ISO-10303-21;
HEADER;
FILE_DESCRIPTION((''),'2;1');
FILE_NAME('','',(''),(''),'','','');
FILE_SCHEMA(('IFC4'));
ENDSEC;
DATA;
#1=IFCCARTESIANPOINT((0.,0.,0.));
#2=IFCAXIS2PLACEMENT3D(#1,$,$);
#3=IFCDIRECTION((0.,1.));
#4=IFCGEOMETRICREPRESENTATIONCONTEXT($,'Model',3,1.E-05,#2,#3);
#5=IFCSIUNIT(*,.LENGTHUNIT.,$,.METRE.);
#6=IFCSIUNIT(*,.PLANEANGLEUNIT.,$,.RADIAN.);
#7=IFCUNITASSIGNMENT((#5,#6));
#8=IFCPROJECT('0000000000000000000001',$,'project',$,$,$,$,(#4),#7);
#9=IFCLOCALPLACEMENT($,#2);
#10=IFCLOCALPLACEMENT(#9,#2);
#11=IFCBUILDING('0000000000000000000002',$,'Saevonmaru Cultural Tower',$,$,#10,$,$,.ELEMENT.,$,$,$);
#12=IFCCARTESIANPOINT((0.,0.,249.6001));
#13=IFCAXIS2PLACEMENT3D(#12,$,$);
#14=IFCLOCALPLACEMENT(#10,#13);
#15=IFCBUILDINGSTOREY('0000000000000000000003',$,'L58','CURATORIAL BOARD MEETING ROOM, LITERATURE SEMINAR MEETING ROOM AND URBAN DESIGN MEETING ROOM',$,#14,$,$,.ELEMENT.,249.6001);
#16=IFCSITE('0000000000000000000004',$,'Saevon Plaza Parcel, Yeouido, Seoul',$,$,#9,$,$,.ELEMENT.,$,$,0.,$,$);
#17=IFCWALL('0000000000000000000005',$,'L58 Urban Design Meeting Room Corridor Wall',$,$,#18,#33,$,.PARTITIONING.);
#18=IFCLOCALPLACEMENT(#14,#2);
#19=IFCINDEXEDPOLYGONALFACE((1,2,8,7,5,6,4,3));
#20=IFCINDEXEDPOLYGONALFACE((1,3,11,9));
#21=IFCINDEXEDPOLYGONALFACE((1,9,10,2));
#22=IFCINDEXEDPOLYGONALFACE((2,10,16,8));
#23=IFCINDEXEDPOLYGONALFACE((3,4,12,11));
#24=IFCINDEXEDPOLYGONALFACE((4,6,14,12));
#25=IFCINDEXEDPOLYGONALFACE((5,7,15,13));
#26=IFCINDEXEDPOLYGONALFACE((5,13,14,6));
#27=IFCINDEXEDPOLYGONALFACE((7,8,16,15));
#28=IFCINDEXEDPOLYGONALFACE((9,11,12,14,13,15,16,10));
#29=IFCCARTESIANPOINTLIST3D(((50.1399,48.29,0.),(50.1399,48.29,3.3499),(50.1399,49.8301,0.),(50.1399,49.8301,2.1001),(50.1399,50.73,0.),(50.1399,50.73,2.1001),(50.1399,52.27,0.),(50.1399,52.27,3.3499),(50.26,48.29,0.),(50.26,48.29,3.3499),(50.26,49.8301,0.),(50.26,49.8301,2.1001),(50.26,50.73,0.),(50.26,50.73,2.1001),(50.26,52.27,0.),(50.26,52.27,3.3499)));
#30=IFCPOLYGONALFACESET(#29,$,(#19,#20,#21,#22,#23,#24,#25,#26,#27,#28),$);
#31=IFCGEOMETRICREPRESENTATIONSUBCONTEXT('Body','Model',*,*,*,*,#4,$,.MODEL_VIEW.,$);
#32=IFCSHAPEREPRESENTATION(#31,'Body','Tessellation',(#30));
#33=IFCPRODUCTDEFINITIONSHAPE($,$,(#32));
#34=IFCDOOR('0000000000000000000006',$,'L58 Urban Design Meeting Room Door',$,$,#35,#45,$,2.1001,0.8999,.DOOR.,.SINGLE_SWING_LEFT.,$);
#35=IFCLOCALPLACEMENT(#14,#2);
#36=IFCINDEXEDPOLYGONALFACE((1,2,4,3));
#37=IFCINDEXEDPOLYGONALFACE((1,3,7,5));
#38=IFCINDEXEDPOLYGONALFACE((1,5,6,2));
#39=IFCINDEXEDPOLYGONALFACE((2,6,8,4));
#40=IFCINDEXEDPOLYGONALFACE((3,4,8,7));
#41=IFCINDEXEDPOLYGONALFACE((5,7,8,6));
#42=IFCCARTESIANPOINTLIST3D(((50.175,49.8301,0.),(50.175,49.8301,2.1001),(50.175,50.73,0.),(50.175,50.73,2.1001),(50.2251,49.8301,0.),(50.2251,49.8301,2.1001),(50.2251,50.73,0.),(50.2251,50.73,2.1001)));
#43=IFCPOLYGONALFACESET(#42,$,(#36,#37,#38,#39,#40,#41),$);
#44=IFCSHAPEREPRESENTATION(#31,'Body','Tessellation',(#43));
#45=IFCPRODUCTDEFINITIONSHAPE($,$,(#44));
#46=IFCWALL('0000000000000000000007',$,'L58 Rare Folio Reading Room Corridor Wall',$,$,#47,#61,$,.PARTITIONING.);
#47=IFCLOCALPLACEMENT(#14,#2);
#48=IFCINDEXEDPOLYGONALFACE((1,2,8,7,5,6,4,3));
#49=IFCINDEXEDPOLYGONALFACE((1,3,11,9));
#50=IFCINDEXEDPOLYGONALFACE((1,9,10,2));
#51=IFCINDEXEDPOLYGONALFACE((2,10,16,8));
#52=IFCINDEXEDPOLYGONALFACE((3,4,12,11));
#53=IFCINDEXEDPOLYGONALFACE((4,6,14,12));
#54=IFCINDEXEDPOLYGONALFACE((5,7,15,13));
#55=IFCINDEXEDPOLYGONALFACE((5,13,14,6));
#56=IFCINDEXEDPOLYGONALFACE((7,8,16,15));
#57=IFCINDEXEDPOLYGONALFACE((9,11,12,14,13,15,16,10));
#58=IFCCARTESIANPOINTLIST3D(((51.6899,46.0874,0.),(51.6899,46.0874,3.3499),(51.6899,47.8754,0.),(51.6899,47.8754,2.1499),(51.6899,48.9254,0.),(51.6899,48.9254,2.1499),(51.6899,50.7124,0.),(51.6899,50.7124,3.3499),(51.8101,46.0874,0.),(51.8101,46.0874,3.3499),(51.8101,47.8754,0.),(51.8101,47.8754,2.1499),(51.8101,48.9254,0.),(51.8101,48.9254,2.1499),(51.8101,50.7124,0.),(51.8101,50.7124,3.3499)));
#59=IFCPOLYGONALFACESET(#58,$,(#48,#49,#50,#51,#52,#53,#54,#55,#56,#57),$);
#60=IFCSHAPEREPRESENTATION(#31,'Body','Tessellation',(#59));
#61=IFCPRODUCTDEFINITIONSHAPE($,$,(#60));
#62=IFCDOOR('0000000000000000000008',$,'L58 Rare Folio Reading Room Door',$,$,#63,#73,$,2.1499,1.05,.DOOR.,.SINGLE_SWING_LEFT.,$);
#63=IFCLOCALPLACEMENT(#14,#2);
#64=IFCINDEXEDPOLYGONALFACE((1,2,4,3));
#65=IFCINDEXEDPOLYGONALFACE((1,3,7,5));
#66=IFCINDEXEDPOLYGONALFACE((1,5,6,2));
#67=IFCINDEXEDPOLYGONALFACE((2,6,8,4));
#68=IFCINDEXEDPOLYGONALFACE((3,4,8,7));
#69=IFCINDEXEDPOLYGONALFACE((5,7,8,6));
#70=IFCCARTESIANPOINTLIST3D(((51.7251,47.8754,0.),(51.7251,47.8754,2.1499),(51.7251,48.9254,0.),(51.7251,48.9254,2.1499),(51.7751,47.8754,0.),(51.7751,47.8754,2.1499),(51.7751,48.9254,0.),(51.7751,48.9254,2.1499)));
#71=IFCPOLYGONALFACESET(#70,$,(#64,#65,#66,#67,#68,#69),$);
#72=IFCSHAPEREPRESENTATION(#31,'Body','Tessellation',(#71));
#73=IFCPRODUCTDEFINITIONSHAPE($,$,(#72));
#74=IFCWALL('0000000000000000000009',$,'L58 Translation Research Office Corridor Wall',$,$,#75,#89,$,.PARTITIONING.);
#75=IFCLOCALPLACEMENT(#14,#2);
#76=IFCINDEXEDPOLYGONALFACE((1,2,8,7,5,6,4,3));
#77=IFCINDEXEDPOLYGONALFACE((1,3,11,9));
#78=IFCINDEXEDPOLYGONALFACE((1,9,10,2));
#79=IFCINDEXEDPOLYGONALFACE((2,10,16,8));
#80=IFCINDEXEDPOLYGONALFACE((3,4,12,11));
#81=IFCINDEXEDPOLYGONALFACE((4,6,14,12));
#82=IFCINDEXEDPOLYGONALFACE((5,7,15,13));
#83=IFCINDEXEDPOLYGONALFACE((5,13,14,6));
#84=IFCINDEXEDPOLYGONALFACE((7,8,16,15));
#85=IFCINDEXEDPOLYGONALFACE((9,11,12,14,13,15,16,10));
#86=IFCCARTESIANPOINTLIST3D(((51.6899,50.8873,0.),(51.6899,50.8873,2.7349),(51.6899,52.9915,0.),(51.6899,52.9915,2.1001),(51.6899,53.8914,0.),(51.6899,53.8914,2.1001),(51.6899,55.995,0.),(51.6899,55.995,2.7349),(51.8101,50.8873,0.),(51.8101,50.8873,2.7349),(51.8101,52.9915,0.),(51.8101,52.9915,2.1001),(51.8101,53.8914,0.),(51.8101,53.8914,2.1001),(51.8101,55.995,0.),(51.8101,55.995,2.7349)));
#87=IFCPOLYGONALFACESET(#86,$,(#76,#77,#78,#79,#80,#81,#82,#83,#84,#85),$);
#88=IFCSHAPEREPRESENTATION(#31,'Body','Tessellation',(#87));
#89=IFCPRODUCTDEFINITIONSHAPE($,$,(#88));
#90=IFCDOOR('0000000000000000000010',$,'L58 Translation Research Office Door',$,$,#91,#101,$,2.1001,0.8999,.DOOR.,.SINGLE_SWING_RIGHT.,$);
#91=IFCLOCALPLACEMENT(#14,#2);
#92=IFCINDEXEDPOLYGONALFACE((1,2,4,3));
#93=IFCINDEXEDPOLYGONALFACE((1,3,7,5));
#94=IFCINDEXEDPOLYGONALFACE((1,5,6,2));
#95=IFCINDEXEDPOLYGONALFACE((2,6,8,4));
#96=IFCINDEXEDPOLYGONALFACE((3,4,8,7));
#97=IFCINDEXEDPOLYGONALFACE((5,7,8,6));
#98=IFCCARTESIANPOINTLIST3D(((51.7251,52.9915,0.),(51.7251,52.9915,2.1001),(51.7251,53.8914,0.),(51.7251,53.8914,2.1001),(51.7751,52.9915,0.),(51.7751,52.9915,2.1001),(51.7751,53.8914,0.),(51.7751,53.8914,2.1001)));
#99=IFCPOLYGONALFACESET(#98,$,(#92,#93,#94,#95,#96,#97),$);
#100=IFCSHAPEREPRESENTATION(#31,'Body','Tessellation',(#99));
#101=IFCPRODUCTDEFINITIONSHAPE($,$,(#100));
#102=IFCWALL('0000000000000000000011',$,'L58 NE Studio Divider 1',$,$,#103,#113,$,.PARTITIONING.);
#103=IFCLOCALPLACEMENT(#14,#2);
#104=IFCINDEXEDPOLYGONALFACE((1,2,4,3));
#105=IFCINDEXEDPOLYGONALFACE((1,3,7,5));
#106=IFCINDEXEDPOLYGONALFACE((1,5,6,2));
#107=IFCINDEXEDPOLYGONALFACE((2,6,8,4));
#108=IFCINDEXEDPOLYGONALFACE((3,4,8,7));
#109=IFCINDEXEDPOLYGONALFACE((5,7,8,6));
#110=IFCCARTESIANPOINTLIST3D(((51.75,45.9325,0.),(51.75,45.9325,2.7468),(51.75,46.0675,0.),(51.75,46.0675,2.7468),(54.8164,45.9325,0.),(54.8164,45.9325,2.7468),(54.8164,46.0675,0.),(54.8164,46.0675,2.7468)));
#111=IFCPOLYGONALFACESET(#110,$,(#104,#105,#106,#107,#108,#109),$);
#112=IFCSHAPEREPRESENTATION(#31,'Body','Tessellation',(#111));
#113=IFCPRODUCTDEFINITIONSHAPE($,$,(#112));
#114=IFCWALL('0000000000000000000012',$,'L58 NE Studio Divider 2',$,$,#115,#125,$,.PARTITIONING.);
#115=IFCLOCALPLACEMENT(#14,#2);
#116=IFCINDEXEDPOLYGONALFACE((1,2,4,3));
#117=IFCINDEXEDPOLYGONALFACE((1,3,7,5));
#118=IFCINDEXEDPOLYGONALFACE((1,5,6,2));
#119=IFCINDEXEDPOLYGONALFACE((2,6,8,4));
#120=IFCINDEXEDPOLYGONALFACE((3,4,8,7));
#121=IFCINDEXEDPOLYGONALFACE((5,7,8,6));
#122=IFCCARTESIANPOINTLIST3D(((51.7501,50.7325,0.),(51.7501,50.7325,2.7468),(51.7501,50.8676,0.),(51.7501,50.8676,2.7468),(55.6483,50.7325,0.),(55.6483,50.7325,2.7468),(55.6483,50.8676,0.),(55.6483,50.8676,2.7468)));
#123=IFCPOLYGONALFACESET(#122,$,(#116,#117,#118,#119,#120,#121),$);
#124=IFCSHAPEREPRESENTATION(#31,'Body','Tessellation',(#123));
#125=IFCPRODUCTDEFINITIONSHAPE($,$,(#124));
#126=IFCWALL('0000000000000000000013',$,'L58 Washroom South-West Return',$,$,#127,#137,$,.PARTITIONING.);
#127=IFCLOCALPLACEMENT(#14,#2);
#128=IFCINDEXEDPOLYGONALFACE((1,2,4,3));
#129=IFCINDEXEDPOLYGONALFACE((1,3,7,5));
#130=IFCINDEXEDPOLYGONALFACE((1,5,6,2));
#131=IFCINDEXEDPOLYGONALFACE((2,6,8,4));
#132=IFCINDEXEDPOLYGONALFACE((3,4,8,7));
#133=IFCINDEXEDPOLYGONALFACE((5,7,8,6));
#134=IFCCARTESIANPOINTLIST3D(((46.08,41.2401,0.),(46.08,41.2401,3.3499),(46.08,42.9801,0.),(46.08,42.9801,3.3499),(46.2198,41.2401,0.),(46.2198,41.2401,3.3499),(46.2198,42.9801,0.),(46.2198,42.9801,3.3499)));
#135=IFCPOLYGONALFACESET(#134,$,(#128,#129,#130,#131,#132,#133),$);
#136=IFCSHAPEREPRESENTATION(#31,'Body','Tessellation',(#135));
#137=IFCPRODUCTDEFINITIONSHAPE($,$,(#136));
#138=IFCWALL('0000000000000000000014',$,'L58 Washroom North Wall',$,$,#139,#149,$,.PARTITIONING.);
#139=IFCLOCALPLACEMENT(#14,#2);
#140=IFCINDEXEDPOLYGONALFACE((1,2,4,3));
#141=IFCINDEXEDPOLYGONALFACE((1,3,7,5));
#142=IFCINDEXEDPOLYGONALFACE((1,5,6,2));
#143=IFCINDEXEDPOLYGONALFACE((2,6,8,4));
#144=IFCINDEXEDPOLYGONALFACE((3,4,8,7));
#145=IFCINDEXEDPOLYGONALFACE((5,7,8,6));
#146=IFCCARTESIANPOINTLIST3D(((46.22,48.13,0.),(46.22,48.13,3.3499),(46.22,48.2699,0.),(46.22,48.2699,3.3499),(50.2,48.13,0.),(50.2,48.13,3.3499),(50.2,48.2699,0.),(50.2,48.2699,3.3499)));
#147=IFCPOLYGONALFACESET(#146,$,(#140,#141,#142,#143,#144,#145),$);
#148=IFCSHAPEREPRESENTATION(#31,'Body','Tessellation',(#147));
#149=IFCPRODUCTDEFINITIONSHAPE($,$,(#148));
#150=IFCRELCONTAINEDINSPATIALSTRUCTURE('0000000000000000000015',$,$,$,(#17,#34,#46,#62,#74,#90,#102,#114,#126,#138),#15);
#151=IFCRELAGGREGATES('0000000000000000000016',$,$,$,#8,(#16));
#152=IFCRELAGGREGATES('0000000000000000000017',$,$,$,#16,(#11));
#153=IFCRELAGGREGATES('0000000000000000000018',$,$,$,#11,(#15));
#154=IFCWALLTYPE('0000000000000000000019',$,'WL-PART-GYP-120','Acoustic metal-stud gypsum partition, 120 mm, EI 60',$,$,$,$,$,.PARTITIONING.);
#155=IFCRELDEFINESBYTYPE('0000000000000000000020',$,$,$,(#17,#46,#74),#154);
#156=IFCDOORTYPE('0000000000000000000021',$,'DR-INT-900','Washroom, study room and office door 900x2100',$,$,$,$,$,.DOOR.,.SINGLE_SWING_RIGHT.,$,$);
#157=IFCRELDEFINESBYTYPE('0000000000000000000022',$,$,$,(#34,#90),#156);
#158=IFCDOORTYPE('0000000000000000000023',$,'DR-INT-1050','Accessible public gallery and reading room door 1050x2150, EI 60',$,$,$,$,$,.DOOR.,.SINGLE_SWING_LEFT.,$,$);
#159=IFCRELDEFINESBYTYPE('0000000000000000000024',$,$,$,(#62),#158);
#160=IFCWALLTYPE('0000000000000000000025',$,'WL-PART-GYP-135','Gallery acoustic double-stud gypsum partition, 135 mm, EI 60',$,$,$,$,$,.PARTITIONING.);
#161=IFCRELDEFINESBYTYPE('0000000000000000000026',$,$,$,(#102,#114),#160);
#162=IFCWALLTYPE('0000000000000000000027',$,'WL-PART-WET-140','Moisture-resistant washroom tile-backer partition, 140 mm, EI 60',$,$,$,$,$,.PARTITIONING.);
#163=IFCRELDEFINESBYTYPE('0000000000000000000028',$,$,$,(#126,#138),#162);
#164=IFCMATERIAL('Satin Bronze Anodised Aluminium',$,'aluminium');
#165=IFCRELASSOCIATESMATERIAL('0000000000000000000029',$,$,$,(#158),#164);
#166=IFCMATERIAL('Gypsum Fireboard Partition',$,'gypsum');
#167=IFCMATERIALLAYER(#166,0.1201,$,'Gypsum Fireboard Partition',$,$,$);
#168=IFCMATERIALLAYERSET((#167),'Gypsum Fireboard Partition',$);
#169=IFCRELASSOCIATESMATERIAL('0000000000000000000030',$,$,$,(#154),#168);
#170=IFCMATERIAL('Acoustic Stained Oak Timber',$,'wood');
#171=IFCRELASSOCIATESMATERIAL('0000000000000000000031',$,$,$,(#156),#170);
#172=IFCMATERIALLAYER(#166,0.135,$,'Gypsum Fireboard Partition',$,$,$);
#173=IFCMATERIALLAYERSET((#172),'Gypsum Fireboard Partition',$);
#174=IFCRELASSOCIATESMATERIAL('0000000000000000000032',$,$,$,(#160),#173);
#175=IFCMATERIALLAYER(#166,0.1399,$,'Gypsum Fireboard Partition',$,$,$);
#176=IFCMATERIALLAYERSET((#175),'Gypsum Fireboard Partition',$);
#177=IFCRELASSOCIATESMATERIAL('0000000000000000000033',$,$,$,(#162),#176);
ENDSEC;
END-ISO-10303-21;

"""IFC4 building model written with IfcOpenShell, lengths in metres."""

from ifc_helpers import new_model, si_unit, direction, frame, frame_2d, origin, place, context, subcontext, project, spatial, rectangle, extrude, material, layer, layer_set, type_object, element, fill, save


model = new_model("IFC4")

# Units and contexts
model_context = context("Model", 3, precision=1e-05, world=origin(), true_north=direction((0.0, 1.0)))
body_context = subcontext(model_context, "Body", "Model", "MODEL_VIEW")
ifc_project = project(units=[si_unit("LENGTHUNIT", "METRE"), si_unit("PLANEANGLEUNIT", "RADIAN")], contexts=[model_context])

# Site, building, storey
site_placement = place(None, origin())
site = spatial("IfcSite", under=ifc_project, at=site_placement, Name="Saevon Plaza Parcel, Yeouido, Seoul", CompositionType="ELEMENT", RefElevation=0.0)
building_placement = place(site_placement, origin())
building = spatial("IfcBuilding", under=site, at=building_placement, Name="Saevonmaru Cultural Tower", CompositionType="ELEMENT")
storey_placement = place(building_placement, frame((0.0, 0.0, 249.6001)))
storey = spatial("IfcBuildingStorey", under=building, at=storey_placement, Name="L58", Description="CURATORIAL BOARD MEETING ROOM, LITERATURE SEMINAR MEETING ROOM AND URBAN DESIGN MEETING ROOM", CompositionType="ELEMENT", Elevation=249.6001)

# Shared definitions
ifc_material_1 = material(Name="Satin Bronze Anodised Aluminium", Category="aluminium")

# Walls, openings, doors
ifc_material_2 = material(Name="Gypsum Fireboard Partition", Category="gypsum")
door_type_1 = type_object("IfcDoorType", Name="DR-INT-1050", Description="Accessible public gallery and reading room door 1050x2150, EI 60", OperationType="SINGLE_SWING_LEFT", PredefinedType="DOOR", material=ifc_material_1)
ifc_layer_1 = layer(ifc_material_2, 0.1201, Name="Gypsum Fireboard Partition")
ifc_layer_set_1 = layer_set([ifc_layer_1], Name="Gypsum Fireboard Partition")
wall_type_1 = type_object("IfcWallType", Name="WL-PART-GYP-120", Description="Acoustic metal-stud gypsum partition, 120 mm, EI 60", PredefinedType="PARTITIONING", material=ifc_layer_set_1)
wall_1_placement = place(storey_placement, frame((50.2, 48.29, 0.0), z_axis=(0.0, 0.0, 1.0), x_axis=(0.0, 1.0, 0.0)))
wall_1 = element("IfcWall", 1, at=wall_1_placement, inside=storey, type_object=wall_type_1, Name="L58 Urban Design Meeting Room Corridor Wall", PredefinedType="PARTITIONING", context=body_context, shape_type="SweptSolid", body=[
    extrude(rectangle(XDim=3.98, YDim=0.1201, at=frame_2d((1.99, 0.0))), origin(), (0.0, 0.0, 1.0), 3.3499),
])
opening_1_placement = place(wall_1_placement, frame((1.54, 0.0, 0.0)))
opening_1 = element("IfcOpeningElement", 2, at=opening_1_placement, cuts=wall_1, PredefinedType="OPENING", context=body_context, shape_type="SweptSolid", body=[
    extrude(rectangle(XDim=0.8999, YDim=2.1001, at=frame_2d((0.45, 1.05))), frame((0.0, 0.0701, 0.0), z_axis=(0.0, -1.0, 0.0), x_axis=(1.0, 0.0, 0.0)), (0.0, 0.0, 1.0), 0.1401),
])
ifc_material_3 = material(Name="Acoustic Stained Oak Timber", Category="wood")
door_type_2 = type_object("IfcDoorType", Name="DR-INT-900", Description="Washroom, study room and office door 900x2100", OperationType="SINGLE_SWING_RIGHT", PredefinedType="DOOR", material=ifc_material_3)
door_1_placement = place(opening_1_placement, origin())
door_1 = element("IfcDoor", 3, at=door_1_placement, inside=storey, type_object=door_type_2, Name="L58 Urban Design Meeting Room Door", OperationType="SINGLE_SWING_LEFT", OverallHeight=2.1001, OverallWidth=0.8999, PredefinedType="DOOR", context=body_context, shape_type="SweptSolid", body=[
    extrude(rectangle(XDim=0.8999, YDim=2.1001, at=frame_2d((0.45, 1.05))), frame((0.0, 0.0249, 0.0), z_axis=(0.0, -1.0, 0.0), x_axis=(1.0, 0.0, 0.0)), (0.0, 0.0, 1.0), 0.05),
])
fill(opening_1, door_1)
wall_2_placement = place(storey_placement, frame((51.75, 46.0874, 0.0), z_axis=(0.0, 0.0, 1.0), x_axis=(0.0, 1.0, 0.0)))
wall_2 = element("IfcWall", 4, at=wall_2_placement, inside=storey, type_object=wall_type_1, Name="L58 Rare Folio Reading Room Corridor Wall", PredefinedType="PARTITIONING", context=body_context, shape_type="SweptSolid", body=[
    extrude(rectangle(XDim=4.625, YDim=0.1201, at=frame_2d((2.3125, 0.0))), origin(), (0.0, 0.0, 1.0), 3.3499),
])
opening_2_placement = place(wall_2_placement, frame((1.7881, 0.0, 0.0)))
opening_2 = element("IfcOpeningElement", 5, at=opening_2_placement, cuts=wall_2, PredefinedType="OPENING", context=body_context, shape_type="SweptSolid", body=[
    extrude(rectangle(XDim=1.05, YDim=2.1499, at=frame_2d((0.5249, 1.075))), frame((0.0, 0.0701, 0.0), z_axis=(0.0, -1.0, 0.0), x_axis=(1.0, 0.0, 0.0)), (0.0, 0.0, 1.0), 0.1401),
])
door_2_placement = place(opening_2_placement, origin())
door_2 = element("IfcDoor", 6, at=door_2_placement, inside=storey, type_object=door_type_1, Name="L58 Rare Folio Reading Room Door", OperationType="SINGLE_SWING_LEFT", OverallHeight=2.1499, OverallWidth=1.05, PredefinedType="DOOR", context=body_context, shape_type="SweptSolid", body=[
    extrude(rectangle(XDim=1.05, YDim=2.1499, at=frame_2d((0.5249, 1.075))), frame((0.0, 0.0249, 0.0), z_axis=(0.0, -1.0, 0.0), x_axis=(1.0, 0.0, 0.0)), (0.0, 0.0, 1.0), 0.05),
])
fill(opening_2, door_2)
wall_3_placement = place(storey_placement, frame((51.75, 50.8875, 0.0), z_axis=(0.0, 0.0, 1.0), x_axis=(0.0, 1.0, 0.0)))
wall_3 = element("IfcWall", 7, at=wall_3_placement, inside=storey, type_object=wall_type_1, Name="L58 Translation Research Office Corridor Wall", PredefinedType="PARTITIONING", context=body_context, shape_type="SweptSolid", body=[
    extrude(rectangle(XDim=5.1077, YDim=0.1201, at=frame_2d((2.5537, 0.0))), origin(), (0.0, 0.0, 1.0), 2.7349),
])
opening_3_placement = place(wall_3_placement, frame((2.104, 0.0, 0.0)))
opening_3 = element("IfcOpeningElement", 8, at=opening_3_placement, cuts=wall_3, PredefinedType="OPENING", context=body_context, shape_type="SweptSolid", body=[
    extrude(rectangle(XDim=0.8999, YDim=2.1001, at=frame_2d((0.45, 1.05))), frame((0.0, 0.0701, 0.0), z_axis=(0.0, -1.0, 0.0), x_axis=(1.0, 0.0, 0.0)), (0.0, 0.0, 1.0), 0.1401),
])
door_3_placement = place(opening_3_placement, origin())
door_3 = element("IfcDoor", 9, at=door_3_placement, inside=storey, type_object=door_type_2, Name="L58 Translation Research Office Door", OperationType="SINGLE_SWING_RIGHT", OverallHeight=2.1001, OverallWidth=0.8999, PredefinedType="DOOR", context=body_context, shape_type="SweptSolid", body=[
    extrude(rectangle(XDim=0.8999, YDim=2.1001, at=frame_2d((0.45, 1.05))), frame((0.0, 0.0249, 0.0), z_axis=(0.0, -1.0, 0.0), x_axis=(1.0, 0.0, 0.0)), (0.0, 0.0, 1.0), 0.05),
])
fill(opening_3, door_3)

# Walls
ifc_layer_2 = layer(ifc_material_2, 0.135, Name="Gypsum Fireboard Partition")
ifc_layer_set_2 = layer_set([ifc_layer_2], Name="Gypsum Fireboard Partition")
wall_type_2 = type_object("IfcWallType", Name="WL-PART-GYP-135", Description="Gallery acoustic double-stud gypsum partition, 135 mm, EI 60", PredefinedType="PARTITIONING", material=ifc_layer_set_2)
wall_4_placement = place(storey_placement, frame((51.75, 46.0, 0.0), z_axis=(0.0, 0.0, 1.0), x_axis=(1.0, 0.0, 0.0)))
element("IfcWall", 10, at=wall_4_placement, inside=storey, type_object=wall_type_2, Name="L58 NE Studio Divider 1", PredefinedType="PARTITIONING", context=body_context, shape_type="SweptSolid", body=[
    extrude(rectangle(XDim=3.0664, YDim=0.135, at=frame_2d((1.5332, 0.0))), origin(), (0.0, 0.0, 1.0), 2.7468),
])
wall_5_placement = place(storey_placement, frame((51.75, 50.8, 0.0), z_axis=(0.0, 0.0, 1.0), x_axis=(1.0, 0.0, 0.0)))
element("IfcWall", 11, at=wall_5_placement, inside=storey, type_object=wall_type_2, Name="L58 NE Studio Divider 2", PredefinedType="PARTITIONING", context=body_context, shape_type="SweptSolid", body=[
    extrude(rectangle(XDim=3.8982, YDim=0.135, at=frame_2d((1.9492, 0.0))), origin(), (0.0, 0.0, 1.0), 2.7468),
])
ifc_layer_3 = layer(ifc_material_2, 0.1399, Name="Gypsum Fireboard Partition")
ifc_layer_set_3 = layer_set([ifc_layer_3], Name="Gypsum Fireboard Partition")
wall_type_3 = type_object("IfcWallType", Name="WL-PART-WET-140", Description="Moisture-resistant washroom tile-backer partition, 140 mm, EI 60", PredefinedType="PARTITIONING", material=ifc_layer_set_3)
wall_6_placement = place(storey_placement, frame((46.1499, 41.24, 0.0), z_axis=(0.0, 0.0, 1.0), x_axis=(0.0, 1.0, 0.0)))
element("IfcWall", 12, at=wall_6_placement, inside=storey, type_object=wall_type_3, Name="L58 Washroom South-West Return", PredefinedType="PARTITIONING", context=body_context, shape_type="SweptSolid", body=[
    extrude(rectangle(XDim=1.74, YDim=0.1399, at=frame_2d((0.8701, 0.0))), origin(), (0.0, 0.0, 1.0), 3.3499),
])
wall_7_placement = place(storey_placement, frame((46.22, 48.2, 0.0), z_axis=(0.0, 0.0, 1.0), x_axis=(1.0, 0.0, 0.0)))
element("IfcWall", 13, at=wall_7_placement, inside=storey, type_object=wall_type_3, Name="L58 Washroom North Wall", PredefinedType="PARTITIONING", context=body_context, shape_type="SweptSolid", body=[
    extrude(rectangle(XDim=3.98, YDim=0.1399, at=frame_2d((1.99, 0.0))), origin(), (0.0, 0.0, 1.0), 3.3499),
])

save(model, "model.ifc")
